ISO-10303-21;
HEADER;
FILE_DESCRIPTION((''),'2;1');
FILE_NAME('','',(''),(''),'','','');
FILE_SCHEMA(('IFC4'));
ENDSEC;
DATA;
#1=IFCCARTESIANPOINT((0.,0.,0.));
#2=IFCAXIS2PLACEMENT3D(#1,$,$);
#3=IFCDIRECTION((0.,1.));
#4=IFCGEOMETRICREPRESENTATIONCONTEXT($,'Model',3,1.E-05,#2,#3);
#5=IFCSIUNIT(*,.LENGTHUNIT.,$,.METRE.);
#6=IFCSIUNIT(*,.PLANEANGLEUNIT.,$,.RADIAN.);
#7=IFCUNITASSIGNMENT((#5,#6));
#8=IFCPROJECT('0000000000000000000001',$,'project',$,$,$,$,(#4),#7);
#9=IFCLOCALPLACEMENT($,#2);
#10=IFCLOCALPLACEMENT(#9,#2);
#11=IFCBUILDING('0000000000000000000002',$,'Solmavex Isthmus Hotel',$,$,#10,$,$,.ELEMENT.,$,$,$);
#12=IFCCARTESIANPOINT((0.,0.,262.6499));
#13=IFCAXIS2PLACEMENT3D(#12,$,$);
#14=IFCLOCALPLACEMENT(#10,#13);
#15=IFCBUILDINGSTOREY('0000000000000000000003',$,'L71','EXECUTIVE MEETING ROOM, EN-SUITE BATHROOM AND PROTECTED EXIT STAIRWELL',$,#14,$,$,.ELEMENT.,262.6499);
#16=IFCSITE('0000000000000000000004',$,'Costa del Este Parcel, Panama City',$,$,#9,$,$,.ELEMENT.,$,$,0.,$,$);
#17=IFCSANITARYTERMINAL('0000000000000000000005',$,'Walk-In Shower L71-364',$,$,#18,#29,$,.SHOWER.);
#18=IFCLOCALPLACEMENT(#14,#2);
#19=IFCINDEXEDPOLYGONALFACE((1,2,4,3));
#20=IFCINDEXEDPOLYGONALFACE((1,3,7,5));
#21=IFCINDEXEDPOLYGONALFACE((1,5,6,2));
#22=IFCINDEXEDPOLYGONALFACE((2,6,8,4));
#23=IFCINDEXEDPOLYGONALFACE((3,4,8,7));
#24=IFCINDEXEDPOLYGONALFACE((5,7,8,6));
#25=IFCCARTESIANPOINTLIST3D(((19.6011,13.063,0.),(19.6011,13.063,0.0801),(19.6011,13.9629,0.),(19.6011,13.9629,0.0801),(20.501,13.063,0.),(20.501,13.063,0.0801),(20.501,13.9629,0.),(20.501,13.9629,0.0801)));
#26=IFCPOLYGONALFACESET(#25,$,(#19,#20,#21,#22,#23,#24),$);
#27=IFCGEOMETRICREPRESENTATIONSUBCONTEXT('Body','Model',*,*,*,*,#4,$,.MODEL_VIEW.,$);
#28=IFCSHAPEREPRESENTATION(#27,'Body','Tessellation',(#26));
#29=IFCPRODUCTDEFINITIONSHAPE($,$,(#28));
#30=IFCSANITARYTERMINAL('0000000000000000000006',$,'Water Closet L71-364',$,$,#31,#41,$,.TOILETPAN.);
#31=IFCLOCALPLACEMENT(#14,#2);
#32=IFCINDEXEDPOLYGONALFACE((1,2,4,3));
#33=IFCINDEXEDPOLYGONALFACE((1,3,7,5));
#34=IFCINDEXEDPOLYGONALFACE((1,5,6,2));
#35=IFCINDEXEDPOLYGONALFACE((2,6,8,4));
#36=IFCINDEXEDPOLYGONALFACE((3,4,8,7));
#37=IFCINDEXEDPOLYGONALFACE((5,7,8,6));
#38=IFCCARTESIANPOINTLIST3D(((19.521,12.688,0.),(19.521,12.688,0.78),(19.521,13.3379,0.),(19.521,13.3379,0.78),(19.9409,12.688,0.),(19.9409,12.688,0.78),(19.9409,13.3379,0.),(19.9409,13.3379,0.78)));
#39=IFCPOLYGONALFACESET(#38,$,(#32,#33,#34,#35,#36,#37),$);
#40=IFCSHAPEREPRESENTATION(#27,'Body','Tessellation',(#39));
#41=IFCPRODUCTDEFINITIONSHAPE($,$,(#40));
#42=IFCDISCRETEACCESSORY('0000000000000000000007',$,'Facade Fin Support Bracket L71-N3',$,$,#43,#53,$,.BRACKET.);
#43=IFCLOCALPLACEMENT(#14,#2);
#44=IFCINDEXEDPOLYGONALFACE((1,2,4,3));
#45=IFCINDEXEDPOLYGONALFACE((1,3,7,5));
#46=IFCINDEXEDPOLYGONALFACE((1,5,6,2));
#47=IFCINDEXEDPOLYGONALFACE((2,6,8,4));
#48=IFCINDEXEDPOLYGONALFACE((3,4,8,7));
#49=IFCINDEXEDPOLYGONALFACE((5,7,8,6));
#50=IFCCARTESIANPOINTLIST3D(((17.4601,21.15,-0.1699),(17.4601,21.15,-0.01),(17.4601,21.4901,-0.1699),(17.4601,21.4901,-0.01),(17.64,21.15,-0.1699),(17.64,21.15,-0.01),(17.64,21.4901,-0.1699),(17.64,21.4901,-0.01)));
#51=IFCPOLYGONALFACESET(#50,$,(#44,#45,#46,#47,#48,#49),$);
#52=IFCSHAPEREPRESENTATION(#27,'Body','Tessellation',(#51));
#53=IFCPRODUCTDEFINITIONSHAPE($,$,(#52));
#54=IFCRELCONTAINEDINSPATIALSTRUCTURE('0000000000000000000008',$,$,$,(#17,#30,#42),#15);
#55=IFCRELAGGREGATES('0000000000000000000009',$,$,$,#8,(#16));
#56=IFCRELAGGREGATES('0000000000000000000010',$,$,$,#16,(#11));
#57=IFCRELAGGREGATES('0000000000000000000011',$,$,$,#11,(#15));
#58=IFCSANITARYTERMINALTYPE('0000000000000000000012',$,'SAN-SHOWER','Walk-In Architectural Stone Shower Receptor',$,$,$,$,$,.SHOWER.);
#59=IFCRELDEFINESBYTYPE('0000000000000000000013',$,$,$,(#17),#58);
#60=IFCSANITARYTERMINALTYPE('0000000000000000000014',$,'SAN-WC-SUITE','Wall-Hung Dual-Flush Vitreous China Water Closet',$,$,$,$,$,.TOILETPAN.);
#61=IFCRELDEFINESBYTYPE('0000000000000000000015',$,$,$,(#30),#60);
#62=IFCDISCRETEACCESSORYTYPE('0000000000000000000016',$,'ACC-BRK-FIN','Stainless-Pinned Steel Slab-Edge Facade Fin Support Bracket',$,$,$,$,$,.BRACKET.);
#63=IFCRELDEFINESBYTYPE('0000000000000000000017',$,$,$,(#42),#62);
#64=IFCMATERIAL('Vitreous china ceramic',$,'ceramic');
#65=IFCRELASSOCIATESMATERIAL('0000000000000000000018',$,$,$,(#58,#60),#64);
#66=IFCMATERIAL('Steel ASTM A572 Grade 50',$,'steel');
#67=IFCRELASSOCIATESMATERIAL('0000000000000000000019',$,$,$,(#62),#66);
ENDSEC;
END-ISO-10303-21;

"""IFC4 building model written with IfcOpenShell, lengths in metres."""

from ifc_helpers import new_model, si_unit, direction, frame, origin, origin_2d, place, context, subcontext, project, spatial, rectangle, extrude, material, type_object, element, save


model = new_model("IFC4")

# Units and contexts
model_context = context("Model", 3, precision=1e-05, world=origin(), true_north=direction((0.0, 1.0)))
body_context = subcontext(model_context, "Body", "Model", "MODEL_VIEW")
ifc_project = project(units=[si_unit("LENGTHUNIT", "METRE"), si_unit("PLANEANGLEUNIT", "RADIAN")], contexts=[model_context])

# Site, building, storey
site_placement = place(None, origin())
site = spatial("IfcSite", under=ifc_project, at=site_placement, Name="Costa del Este Parcel, Panama City", CompositionType="ELEMENT", RefElevation=0.0)
building_placement = place(site_placement, origin())
building = spatial("IfcBuilding", under=site, at=building_placement, Name="Solmavex Isthmus Hotel", CompositionType="ELEMENT")
storey_placement = place(building_placement, frame((0.0, 0.0, 262.6499)))
storey = spatial("IfcBuildingStorey", under=building, at=storey_placement, Name="L71", Description="EXECUTIVE MEETING ROOM, EN-SUITE BATHROOM AND PROTECTED EXIT STAIRWELL", CompositionType="ELEMENT", Elevation=262.6499)

# Sanitary terminals
ifc_material_1 = material(Name="Vitreous china ceramic", Category="ceramic")
sanitary_terminal_type_1 = type_object("IfcSanitaryTerminalType", Name="SAN-SHOWER", Description="Walk-In Architectural Stone Shower Receptor", PredefinedType="SHOWER", material=ifc_material_1)
sanitary_terminal_1_placement = place(storey_placement, frame((20.051, 13.5129, 0.0), z_axis=(0.0, 0.0, 1.0), x_axis=(1.0, 0.0, 0.0)))
element("IfcSanitaryTerminal", 1, at=sanitary_terminal_1_placement, inside=storey, type_object=sanitary_terminal_type_1, Name="Walk-In Shower L71-364", PredefinedType="SHOWER", context=body_context, shape_type="SweptSolid", body=[
    extrude(rectangle(XDim=0.8999, YDim=0.8999, at=origin_2d()), origin(), (0.0, 0.0, 1.0), 0.0801),
])
sanitary_terminal_type_2 = type_object("IfcSanitaryTerminalType", Name="SAN-WC-SUITE", Description="Wall-Hung Dual-Flush Vitreous China Water Closet", PredefinedType="TOILETPAN", material=ifc_material_1)
sanitary_terminal_2_placement = place(storey_placement, frame((19.731, 13.0129, 0.0), z_axis=(0.0, 0.0, 1.0), x_axis=(1.0, 0.0, 0.0)))
element("IfcSanitaryTerminal", 2, at=sanitary_terminal_2_placement, inside=storey, type_object=sanitary_terminal_type_2, Name="Water Closet L71-364", PredefinedType="TOILETPAN", context=body_context, shape_type="SweptSolid", body=[
    extrude(rectangle(XDim=0.4199, YDim=0.6499, at=origin_2d()), origin(), (0.0, 0.0, 1.0), 0.78),
])

# Discrete accessory
ifc_material_2 = material(Name="Steel ASTM A572 Grade 50", Category="steel")
discrete_accessory_type = type_object("IfcDiscreteAccessoryType", Name="ACC-BRK-FIN", Description="Stainless-Pinned Steel Slab-Edge Facade Fin Support Bracket", PredefinedType="BRACKET", material=ifc_material_2)
discrete_accessory_placement = place(storey_placement, frame((17.55, 21.3201, -0.1699), z_axis=(0.0, 0.0, 1.0), x_axis=(0.0, 1.0, 0.0)))
element("IfcDiscreteAccessory", 3, at=discrete_accessory_placement, inside=storey, type_object=discrete_accessory_type, Name="Facade Fin Support Bracket L71-N3", PredefinedType="BRACKET", context=body_context, shape_type="SweptSolid", body=[
    extrude(rectangle(XDim=0.3401, YDim=0.1799, at=origin_2d()), origin(), (0.0, 0.0, 1.0), 0.1599),
])

save(model, "model.ifc")
